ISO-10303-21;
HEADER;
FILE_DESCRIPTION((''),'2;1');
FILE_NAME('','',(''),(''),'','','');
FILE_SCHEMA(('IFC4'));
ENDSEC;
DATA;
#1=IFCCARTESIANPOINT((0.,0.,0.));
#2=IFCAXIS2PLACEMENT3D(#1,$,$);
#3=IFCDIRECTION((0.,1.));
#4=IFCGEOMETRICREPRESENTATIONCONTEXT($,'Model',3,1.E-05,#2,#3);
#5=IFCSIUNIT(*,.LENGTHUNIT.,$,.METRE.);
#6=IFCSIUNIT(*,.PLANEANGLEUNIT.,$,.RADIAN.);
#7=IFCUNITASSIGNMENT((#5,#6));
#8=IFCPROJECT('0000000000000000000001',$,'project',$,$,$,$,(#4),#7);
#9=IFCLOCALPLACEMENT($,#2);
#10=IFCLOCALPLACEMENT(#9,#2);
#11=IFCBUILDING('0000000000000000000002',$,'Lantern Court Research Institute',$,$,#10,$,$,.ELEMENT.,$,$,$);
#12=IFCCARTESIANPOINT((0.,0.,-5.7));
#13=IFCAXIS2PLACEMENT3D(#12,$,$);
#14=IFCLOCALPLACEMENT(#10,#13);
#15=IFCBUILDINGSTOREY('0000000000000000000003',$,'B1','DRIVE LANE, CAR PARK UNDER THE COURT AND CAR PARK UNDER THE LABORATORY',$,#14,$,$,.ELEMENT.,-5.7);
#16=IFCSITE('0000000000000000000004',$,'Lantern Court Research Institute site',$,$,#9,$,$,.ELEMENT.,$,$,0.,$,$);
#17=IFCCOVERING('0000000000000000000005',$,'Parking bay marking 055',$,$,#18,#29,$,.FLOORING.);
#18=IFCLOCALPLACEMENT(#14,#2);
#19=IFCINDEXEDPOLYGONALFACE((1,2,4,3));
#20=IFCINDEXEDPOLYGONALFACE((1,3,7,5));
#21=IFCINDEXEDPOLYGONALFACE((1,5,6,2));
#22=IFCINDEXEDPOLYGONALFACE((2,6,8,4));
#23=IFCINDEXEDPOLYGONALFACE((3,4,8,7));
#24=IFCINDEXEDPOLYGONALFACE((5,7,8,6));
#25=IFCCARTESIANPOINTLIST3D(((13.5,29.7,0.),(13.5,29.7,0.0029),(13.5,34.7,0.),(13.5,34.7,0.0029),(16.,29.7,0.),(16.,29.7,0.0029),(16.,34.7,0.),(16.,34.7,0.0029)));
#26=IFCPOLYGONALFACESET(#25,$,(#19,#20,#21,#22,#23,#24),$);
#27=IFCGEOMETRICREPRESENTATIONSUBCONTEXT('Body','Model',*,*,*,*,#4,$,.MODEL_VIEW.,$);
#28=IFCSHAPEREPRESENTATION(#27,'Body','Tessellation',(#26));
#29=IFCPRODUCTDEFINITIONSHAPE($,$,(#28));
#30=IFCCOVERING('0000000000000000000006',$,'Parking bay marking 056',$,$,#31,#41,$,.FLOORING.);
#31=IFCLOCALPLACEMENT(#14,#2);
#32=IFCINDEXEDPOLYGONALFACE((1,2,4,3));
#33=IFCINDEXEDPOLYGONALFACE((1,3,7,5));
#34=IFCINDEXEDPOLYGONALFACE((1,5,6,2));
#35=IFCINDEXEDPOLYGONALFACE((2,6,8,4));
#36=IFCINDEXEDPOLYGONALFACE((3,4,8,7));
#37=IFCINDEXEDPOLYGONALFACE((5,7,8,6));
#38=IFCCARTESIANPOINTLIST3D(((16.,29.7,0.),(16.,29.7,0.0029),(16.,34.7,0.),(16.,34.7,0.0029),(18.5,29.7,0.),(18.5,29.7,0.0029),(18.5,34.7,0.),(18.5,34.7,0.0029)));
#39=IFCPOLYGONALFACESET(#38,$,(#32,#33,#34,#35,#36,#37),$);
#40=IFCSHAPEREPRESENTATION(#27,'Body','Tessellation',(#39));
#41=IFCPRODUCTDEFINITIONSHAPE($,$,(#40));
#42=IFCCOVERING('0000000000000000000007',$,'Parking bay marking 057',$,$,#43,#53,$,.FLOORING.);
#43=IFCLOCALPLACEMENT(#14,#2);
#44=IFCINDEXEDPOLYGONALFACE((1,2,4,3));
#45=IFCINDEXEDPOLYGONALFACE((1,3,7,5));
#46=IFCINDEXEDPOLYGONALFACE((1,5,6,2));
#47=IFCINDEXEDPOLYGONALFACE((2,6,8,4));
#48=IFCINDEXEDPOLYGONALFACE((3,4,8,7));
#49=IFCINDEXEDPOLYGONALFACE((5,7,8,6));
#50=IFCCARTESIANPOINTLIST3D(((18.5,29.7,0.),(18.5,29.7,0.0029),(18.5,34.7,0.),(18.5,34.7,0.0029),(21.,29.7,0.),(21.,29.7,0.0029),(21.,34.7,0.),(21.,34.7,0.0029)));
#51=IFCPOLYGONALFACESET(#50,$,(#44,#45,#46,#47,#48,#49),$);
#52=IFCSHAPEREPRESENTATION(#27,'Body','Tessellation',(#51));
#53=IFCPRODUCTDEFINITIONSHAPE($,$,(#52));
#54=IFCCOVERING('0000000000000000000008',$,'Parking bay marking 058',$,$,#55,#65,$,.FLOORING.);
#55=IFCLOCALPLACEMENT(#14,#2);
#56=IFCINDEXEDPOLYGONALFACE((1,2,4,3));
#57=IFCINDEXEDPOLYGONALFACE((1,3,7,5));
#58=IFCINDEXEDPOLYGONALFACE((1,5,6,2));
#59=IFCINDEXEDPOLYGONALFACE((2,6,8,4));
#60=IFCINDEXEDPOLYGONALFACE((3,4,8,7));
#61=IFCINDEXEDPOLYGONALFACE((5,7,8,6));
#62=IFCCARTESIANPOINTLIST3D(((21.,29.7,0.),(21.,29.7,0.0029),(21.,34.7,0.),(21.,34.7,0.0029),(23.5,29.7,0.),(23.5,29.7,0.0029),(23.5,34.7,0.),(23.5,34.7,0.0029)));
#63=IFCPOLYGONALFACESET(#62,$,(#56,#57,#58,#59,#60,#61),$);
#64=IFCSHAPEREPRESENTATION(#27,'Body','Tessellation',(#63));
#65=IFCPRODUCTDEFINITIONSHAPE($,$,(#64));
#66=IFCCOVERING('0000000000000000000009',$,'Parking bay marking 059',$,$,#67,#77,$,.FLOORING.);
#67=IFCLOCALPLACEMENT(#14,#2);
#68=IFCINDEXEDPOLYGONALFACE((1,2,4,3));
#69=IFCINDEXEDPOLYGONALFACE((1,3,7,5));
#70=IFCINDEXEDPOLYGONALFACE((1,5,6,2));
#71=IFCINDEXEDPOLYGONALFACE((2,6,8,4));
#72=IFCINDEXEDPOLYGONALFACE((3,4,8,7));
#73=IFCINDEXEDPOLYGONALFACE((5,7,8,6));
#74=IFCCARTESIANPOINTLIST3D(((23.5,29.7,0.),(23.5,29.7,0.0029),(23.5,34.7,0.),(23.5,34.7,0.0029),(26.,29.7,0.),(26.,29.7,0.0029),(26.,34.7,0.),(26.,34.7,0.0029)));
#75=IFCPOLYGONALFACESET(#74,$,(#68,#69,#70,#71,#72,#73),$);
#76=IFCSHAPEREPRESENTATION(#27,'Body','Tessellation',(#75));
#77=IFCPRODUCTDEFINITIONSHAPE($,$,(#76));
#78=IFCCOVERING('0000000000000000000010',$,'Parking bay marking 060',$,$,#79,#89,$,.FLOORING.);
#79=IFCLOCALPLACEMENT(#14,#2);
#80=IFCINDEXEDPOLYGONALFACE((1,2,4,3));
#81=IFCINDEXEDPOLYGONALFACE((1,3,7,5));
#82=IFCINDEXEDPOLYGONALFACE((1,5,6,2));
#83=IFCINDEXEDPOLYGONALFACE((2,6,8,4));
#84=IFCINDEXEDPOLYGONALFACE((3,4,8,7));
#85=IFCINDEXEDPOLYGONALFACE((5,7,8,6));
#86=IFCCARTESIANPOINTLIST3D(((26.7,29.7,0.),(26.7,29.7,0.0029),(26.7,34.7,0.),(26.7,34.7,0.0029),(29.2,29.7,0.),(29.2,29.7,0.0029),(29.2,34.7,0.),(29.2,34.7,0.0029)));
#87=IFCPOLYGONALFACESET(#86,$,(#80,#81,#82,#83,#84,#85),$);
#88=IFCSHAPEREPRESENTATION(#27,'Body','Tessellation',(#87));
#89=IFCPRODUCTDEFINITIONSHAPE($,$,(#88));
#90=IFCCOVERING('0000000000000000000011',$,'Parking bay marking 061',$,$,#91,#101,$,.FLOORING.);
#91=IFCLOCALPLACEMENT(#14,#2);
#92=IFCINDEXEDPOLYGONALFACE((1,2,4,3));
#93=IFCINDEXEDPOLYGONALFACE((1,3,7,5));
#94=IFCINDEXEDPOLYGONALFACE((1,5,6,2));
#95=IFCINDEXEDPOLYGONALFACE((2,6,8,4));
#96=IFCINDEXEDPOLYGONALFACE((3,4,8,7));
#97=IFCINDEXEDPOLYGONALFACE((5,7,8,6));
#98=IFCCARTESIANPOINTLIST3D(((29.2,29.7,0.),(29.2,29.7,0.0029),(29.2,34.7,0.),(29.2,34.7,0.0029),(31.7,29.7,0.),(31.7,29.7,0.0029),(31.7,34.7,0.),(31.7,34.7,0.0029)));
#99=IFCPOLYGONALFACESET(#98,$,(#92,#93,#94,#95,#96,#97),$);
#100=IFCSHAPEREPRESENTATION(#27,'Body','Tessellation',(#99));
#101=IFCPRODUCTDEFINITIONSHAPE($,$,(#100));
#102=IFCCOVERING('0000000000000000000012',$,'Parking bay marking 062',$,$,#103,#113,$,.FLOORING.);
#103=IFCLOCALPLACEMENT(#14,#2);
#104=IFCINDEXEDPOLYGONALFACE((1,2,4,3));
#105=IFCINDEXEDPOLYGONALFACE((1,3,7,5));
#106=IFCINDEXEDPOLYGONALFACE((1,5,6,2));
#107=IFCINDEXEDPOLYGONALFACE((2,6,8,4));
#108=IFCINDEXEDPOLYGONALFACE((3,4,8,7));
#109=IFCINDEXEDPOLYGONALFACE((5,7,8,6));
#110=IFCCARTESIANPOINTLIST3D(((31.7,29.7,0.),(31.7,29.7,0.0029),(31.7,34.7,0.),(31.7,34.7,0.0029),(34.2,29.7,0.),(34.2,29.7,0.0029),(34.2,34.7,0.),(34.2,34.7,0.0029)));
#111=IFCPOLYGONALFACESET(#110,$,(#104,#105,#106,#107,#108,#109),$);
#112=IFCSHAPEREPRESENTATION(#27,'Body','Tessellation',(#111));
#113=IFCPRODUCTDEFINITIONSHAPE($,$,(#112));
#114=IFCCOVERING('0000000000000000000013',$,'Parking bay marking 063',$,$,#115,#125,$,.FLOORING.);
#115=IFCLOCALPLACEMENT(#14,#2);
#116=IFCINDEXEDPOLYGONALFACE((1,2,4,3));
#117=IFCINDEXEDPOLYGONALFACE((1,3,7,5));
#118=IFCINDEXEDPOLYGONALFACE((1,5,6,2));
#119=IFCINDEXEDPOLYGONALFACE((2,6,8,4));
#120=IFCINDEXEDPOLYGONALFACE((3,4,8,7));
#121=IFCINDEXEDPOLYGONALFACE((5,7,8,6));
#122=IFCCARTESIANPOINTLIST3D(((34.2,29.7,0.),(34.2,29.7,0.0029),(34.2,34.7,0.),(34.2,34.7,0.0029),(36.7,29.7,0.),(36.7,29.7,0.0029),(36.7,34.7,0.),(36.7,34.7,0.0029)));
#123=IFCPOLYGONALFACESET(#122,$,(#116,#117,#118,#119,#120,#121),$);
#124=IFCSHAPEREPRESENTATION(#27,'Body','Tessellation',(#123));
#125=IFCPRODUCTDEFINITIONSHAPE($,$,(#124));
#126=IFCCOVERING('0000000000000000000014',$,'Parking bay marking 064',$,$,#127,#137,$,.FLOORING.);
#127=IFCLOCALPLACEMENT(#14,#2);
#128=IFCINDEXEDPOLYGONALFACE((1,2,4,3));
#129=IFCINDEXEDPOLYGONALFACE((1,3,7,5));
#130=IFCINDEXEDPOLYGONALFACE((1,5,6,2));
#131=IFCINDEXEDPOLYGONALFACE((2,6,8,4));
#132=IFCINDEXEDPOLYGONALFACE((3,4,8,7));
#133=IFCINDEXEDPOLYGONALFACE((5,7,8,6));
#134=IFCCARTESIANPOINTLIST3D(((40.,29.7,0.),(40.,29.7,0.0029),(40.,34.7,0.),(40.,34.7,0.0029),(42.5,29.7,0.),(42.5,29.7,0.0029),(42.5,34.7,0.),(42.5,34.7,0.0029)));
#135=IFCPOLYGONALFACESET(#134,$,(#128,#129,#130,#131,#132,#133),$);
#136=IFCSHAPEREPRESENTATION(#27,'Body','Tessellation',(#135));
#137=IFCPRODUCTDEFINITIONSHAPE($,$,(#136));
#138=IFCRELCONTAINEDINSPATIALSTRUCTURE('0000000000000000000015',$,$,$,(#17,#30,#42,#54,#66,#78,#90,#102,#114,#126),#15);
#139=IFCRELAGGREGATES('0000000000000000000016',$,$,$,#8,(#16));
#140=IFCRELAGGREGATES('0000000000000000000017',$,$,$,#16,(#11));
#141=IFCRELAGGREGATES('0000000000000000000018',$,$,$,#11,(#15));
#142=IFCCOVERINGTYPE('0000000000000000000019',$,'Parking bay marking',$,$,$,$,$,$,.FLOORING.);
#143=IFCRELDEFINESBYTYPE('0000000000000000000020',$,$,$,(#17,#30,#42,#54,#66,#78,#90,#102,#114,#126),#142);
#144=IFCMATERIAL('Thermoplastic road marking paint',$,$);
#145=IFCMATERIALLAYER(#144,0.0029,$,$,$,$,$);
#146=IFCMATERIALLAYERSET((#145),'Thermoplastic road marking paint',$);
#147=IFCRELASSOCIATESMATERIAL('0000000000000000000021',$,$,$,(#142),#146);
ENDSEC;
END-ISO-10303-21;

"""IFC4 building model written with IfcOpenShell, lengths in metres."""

from ifc_helpers import new_model, si_unit, direction, frame, origin, place, context, subcontext, project, spatial, polyline, outline, extrude, material, layer, layer_set, type_object, element, save


model = new_model("IFC4")

# Units and contexts
model_context = context("Model", 3, precision=1e-05, world=origin(), true_north=direction((0.0, 1.0)))
body_context = subcontext(model_context, "Body", "Model", "MODEL_VIEW")
ifc_project = project(units=[si_unit("LENGTHUNIT", "METRE"), si_unit("PLANEANGLEUNIT", "RADIAN")], contexts=[model_context])

# Site, building, storey
site_placement = place(None, origin())
site = spatial("IfcSite", under=ifc_project, at=site_placement, Name="Lantern Court Research Institute site", CompositionType="ELEMENT", RefElevation=0.0)
building_placement = place(site_placement, origin())
building = spatial("IfcBuilding", under=site, at=building_placement, Name="Lantern Court Research Institute", CompositionType="ELEMENT")
storey_placement = place(building_placement, frame((0.0, 0.0, -5.7)))
storey = spatial("IfcBuildingStorey", under=building, at=storey_placement, Name="B1", Description="DRIVE LANE, CAR PARK UNDER THE COURT AND CAR PARK UNDER THE LABORATORY", CompositionType="ELEMENT", Elevation=-5.7)

# Coverings
ifc_material_1 = material(Name="Thermoplastic road marking paint")
ifc_layer_1 = layer(ifc_material_1, 0.0029)
ifc_layer_set_1 = layer_set([ifc_layer_1], Name="Thermoplastic road marking paint")
covering_type_1 = type_object("IfcCoveringType", Name="Parking bay marking", PredefinedType="FLOORING", material=ifc_layer_set_1)
covering_1_placement = place(storey_placement, origin())
element("IfcCovering", 1, at=covering_1_placement, inside=storey, type_object=covering_type_1, Name="Parking bay marking 055", PredefinedType="FLOORING", context=body_context, shape_type="SweptSolid", body=[
    extrude(outline(polyline([(13.5, 29.7), (16.0, 29.7), (16.0, 34.7), (13.5, 34.7), (13.5, 29.7)])), origin(), (0.0, 0.0, 1.0), 0.0029),
])
covering_2_placement = place(storey_placement, origin())
element("IfcCovering", 2, at=covering_2_placement, inside=storey, type_object=covering_type_1, Name="Parking bay marking 056", PredefinedType="FLOORING", context=body_context, shape_type="SweptSolid", body=[
    extrude(outline(polyline([(16.0, 29.7), (18.5, 29.7), (18.5, 34.7), (16.0, 34.7), (16.0, 29.7)])), origin(), (0.0, 0.0, 1.0), 0.0029),
])
covering_3_placement = place(storey_placement, origin())
element("IfcCovering", 3, at=covering_3_placement, inside=storey, type_object=covering_type_1, Name="Parking bay marking 057", PredefinedType="FLOORING", context=body_context, shape_type="SweptSolid", body=[
    extrude(outline(polyline([(18.5, 29.7), (21.0, 29.7), (21.0, 34.7), (18.5, 34.7), (18.5, 29.7)])), origin(), (0.0, 0.0, 1.0), 0.0029),
])
covering_4_placement = place(storey_placement, origin())
element("IfcCovering", 4, at=covering_4_placement, inside=storey, type_object=covering_type_1, Name="Parking bay marking 058", PredefinedType="FLOORING", context=body_context, shape_type="SweptSolid", body=[
    extrude(outline(polyline([(21.0, 29.7), (23.5, 29.7), (23.5, 34.7), (21.0, 34.7), (21.0, 29.7)])), origin(), (0.0, 0.0, 1.0), 0.0029),
])
covering_5_placement = place(storey_placement, origin())
element("IfcCovering", 5, at=covering_5_placement, inside=storey, type_object=covering_type_1, Name="Parking bay marking 059", PredefinedType="FLOORING", context=body_context, shape_type="SweptSolid", body=[
    extrude(outline(polyline([(23.5, 29.7), (26.0, 29.7), (26.0, 34.7), (23.5, 34.7), (23.5, 29.7)])), origin(), (0.0, 0.0, 1.0), 0.0029),
])
covering_6_placement = place(storey_placement, origin())
element("IfcCovering", 6, at=covering_6_placement, inside=storey, type_object=covering_type_1, Name="Parking bay marking 060", PredefinedType="FLOORING", context=body_context, shape_type="SweptSolid", body=[
    extrude(outline(polyline([(26.7, 29.7), (29.2, 29.7), (29.2, 34.7), (26.7, 34.7), (26.7, 29.7)])), origin(), (0.0, 0.0, 1.0), 0.0029),
])
covering_7_placement = place(storey_placement, origin())
element("IfcCovering", 7, at=covering_7_placement, inside=storey, type_object=covering_type_1, Name="Parking bay marking 061", PredefinedType="FLOORING", context=body_context, shape_type="SweptSolid", body=[
    extrude(outline(polyline([(29.2, 29.7), (31.7, 29.7), (31.7, 34.7), (29.2, 34.7), (29.2, 29.7)])), origin(), (0.0, 0.0, 1.0), 0.0029),
])
covering_8_placement = place(storey_placement, origin())
element("IfcCovering", 8, at=covering_8_placement, inside=storey, type_object=covering_type_1, Name="Parking bay marking 062", PredefinedType="FLOORING", context=body_context, shape_type="SweptSolid", body=[
    extrude(outline(polyline([(31.7, 29.7), (34.2, 29.7), (34.2, 34.7), (31.7, 34.7), (31.7, 29.7)])), origin(), (0.0, 0.0, 1.0), 0.0029),
])
covering_9_placement = place(storey_placement, origin())
element("IfcCovering", 9, at=covering_9_placement, inside=storey, type_object=covering_type_1, Name="Parking bay marking 063", PredefinedType="FLOORING", context=body_context, shape_type="SweptSolid", body=[
    extrude(outline(polyline([(34.2, 29.7), (36.7, 29.7), (36.7, 34.7), (34.2, 34.7), (34.2, 29.7)])), origin(), (0.0, 0.0, 1.0), 0.0029),
])
covering_10_placement = place(storey_placement, origin())
element("IfcCovering", 10, at=covering_10_placement, inside=storey, type_object=covering_type_1, Name="Parking bay marking 064", PredefinedType="FLOORING", context=body_context, shape_type="SweptSolid", body=[
    extrude(outline(polyline([(40.0, 29.7), (42.5, 29.7), (42.5, 34.7), (40.0, 34.7), (40.0, 29.7)])), origin(), (0.0, 0.0, 1.0), 0.0029),
])

save(model, "model.ifc")
